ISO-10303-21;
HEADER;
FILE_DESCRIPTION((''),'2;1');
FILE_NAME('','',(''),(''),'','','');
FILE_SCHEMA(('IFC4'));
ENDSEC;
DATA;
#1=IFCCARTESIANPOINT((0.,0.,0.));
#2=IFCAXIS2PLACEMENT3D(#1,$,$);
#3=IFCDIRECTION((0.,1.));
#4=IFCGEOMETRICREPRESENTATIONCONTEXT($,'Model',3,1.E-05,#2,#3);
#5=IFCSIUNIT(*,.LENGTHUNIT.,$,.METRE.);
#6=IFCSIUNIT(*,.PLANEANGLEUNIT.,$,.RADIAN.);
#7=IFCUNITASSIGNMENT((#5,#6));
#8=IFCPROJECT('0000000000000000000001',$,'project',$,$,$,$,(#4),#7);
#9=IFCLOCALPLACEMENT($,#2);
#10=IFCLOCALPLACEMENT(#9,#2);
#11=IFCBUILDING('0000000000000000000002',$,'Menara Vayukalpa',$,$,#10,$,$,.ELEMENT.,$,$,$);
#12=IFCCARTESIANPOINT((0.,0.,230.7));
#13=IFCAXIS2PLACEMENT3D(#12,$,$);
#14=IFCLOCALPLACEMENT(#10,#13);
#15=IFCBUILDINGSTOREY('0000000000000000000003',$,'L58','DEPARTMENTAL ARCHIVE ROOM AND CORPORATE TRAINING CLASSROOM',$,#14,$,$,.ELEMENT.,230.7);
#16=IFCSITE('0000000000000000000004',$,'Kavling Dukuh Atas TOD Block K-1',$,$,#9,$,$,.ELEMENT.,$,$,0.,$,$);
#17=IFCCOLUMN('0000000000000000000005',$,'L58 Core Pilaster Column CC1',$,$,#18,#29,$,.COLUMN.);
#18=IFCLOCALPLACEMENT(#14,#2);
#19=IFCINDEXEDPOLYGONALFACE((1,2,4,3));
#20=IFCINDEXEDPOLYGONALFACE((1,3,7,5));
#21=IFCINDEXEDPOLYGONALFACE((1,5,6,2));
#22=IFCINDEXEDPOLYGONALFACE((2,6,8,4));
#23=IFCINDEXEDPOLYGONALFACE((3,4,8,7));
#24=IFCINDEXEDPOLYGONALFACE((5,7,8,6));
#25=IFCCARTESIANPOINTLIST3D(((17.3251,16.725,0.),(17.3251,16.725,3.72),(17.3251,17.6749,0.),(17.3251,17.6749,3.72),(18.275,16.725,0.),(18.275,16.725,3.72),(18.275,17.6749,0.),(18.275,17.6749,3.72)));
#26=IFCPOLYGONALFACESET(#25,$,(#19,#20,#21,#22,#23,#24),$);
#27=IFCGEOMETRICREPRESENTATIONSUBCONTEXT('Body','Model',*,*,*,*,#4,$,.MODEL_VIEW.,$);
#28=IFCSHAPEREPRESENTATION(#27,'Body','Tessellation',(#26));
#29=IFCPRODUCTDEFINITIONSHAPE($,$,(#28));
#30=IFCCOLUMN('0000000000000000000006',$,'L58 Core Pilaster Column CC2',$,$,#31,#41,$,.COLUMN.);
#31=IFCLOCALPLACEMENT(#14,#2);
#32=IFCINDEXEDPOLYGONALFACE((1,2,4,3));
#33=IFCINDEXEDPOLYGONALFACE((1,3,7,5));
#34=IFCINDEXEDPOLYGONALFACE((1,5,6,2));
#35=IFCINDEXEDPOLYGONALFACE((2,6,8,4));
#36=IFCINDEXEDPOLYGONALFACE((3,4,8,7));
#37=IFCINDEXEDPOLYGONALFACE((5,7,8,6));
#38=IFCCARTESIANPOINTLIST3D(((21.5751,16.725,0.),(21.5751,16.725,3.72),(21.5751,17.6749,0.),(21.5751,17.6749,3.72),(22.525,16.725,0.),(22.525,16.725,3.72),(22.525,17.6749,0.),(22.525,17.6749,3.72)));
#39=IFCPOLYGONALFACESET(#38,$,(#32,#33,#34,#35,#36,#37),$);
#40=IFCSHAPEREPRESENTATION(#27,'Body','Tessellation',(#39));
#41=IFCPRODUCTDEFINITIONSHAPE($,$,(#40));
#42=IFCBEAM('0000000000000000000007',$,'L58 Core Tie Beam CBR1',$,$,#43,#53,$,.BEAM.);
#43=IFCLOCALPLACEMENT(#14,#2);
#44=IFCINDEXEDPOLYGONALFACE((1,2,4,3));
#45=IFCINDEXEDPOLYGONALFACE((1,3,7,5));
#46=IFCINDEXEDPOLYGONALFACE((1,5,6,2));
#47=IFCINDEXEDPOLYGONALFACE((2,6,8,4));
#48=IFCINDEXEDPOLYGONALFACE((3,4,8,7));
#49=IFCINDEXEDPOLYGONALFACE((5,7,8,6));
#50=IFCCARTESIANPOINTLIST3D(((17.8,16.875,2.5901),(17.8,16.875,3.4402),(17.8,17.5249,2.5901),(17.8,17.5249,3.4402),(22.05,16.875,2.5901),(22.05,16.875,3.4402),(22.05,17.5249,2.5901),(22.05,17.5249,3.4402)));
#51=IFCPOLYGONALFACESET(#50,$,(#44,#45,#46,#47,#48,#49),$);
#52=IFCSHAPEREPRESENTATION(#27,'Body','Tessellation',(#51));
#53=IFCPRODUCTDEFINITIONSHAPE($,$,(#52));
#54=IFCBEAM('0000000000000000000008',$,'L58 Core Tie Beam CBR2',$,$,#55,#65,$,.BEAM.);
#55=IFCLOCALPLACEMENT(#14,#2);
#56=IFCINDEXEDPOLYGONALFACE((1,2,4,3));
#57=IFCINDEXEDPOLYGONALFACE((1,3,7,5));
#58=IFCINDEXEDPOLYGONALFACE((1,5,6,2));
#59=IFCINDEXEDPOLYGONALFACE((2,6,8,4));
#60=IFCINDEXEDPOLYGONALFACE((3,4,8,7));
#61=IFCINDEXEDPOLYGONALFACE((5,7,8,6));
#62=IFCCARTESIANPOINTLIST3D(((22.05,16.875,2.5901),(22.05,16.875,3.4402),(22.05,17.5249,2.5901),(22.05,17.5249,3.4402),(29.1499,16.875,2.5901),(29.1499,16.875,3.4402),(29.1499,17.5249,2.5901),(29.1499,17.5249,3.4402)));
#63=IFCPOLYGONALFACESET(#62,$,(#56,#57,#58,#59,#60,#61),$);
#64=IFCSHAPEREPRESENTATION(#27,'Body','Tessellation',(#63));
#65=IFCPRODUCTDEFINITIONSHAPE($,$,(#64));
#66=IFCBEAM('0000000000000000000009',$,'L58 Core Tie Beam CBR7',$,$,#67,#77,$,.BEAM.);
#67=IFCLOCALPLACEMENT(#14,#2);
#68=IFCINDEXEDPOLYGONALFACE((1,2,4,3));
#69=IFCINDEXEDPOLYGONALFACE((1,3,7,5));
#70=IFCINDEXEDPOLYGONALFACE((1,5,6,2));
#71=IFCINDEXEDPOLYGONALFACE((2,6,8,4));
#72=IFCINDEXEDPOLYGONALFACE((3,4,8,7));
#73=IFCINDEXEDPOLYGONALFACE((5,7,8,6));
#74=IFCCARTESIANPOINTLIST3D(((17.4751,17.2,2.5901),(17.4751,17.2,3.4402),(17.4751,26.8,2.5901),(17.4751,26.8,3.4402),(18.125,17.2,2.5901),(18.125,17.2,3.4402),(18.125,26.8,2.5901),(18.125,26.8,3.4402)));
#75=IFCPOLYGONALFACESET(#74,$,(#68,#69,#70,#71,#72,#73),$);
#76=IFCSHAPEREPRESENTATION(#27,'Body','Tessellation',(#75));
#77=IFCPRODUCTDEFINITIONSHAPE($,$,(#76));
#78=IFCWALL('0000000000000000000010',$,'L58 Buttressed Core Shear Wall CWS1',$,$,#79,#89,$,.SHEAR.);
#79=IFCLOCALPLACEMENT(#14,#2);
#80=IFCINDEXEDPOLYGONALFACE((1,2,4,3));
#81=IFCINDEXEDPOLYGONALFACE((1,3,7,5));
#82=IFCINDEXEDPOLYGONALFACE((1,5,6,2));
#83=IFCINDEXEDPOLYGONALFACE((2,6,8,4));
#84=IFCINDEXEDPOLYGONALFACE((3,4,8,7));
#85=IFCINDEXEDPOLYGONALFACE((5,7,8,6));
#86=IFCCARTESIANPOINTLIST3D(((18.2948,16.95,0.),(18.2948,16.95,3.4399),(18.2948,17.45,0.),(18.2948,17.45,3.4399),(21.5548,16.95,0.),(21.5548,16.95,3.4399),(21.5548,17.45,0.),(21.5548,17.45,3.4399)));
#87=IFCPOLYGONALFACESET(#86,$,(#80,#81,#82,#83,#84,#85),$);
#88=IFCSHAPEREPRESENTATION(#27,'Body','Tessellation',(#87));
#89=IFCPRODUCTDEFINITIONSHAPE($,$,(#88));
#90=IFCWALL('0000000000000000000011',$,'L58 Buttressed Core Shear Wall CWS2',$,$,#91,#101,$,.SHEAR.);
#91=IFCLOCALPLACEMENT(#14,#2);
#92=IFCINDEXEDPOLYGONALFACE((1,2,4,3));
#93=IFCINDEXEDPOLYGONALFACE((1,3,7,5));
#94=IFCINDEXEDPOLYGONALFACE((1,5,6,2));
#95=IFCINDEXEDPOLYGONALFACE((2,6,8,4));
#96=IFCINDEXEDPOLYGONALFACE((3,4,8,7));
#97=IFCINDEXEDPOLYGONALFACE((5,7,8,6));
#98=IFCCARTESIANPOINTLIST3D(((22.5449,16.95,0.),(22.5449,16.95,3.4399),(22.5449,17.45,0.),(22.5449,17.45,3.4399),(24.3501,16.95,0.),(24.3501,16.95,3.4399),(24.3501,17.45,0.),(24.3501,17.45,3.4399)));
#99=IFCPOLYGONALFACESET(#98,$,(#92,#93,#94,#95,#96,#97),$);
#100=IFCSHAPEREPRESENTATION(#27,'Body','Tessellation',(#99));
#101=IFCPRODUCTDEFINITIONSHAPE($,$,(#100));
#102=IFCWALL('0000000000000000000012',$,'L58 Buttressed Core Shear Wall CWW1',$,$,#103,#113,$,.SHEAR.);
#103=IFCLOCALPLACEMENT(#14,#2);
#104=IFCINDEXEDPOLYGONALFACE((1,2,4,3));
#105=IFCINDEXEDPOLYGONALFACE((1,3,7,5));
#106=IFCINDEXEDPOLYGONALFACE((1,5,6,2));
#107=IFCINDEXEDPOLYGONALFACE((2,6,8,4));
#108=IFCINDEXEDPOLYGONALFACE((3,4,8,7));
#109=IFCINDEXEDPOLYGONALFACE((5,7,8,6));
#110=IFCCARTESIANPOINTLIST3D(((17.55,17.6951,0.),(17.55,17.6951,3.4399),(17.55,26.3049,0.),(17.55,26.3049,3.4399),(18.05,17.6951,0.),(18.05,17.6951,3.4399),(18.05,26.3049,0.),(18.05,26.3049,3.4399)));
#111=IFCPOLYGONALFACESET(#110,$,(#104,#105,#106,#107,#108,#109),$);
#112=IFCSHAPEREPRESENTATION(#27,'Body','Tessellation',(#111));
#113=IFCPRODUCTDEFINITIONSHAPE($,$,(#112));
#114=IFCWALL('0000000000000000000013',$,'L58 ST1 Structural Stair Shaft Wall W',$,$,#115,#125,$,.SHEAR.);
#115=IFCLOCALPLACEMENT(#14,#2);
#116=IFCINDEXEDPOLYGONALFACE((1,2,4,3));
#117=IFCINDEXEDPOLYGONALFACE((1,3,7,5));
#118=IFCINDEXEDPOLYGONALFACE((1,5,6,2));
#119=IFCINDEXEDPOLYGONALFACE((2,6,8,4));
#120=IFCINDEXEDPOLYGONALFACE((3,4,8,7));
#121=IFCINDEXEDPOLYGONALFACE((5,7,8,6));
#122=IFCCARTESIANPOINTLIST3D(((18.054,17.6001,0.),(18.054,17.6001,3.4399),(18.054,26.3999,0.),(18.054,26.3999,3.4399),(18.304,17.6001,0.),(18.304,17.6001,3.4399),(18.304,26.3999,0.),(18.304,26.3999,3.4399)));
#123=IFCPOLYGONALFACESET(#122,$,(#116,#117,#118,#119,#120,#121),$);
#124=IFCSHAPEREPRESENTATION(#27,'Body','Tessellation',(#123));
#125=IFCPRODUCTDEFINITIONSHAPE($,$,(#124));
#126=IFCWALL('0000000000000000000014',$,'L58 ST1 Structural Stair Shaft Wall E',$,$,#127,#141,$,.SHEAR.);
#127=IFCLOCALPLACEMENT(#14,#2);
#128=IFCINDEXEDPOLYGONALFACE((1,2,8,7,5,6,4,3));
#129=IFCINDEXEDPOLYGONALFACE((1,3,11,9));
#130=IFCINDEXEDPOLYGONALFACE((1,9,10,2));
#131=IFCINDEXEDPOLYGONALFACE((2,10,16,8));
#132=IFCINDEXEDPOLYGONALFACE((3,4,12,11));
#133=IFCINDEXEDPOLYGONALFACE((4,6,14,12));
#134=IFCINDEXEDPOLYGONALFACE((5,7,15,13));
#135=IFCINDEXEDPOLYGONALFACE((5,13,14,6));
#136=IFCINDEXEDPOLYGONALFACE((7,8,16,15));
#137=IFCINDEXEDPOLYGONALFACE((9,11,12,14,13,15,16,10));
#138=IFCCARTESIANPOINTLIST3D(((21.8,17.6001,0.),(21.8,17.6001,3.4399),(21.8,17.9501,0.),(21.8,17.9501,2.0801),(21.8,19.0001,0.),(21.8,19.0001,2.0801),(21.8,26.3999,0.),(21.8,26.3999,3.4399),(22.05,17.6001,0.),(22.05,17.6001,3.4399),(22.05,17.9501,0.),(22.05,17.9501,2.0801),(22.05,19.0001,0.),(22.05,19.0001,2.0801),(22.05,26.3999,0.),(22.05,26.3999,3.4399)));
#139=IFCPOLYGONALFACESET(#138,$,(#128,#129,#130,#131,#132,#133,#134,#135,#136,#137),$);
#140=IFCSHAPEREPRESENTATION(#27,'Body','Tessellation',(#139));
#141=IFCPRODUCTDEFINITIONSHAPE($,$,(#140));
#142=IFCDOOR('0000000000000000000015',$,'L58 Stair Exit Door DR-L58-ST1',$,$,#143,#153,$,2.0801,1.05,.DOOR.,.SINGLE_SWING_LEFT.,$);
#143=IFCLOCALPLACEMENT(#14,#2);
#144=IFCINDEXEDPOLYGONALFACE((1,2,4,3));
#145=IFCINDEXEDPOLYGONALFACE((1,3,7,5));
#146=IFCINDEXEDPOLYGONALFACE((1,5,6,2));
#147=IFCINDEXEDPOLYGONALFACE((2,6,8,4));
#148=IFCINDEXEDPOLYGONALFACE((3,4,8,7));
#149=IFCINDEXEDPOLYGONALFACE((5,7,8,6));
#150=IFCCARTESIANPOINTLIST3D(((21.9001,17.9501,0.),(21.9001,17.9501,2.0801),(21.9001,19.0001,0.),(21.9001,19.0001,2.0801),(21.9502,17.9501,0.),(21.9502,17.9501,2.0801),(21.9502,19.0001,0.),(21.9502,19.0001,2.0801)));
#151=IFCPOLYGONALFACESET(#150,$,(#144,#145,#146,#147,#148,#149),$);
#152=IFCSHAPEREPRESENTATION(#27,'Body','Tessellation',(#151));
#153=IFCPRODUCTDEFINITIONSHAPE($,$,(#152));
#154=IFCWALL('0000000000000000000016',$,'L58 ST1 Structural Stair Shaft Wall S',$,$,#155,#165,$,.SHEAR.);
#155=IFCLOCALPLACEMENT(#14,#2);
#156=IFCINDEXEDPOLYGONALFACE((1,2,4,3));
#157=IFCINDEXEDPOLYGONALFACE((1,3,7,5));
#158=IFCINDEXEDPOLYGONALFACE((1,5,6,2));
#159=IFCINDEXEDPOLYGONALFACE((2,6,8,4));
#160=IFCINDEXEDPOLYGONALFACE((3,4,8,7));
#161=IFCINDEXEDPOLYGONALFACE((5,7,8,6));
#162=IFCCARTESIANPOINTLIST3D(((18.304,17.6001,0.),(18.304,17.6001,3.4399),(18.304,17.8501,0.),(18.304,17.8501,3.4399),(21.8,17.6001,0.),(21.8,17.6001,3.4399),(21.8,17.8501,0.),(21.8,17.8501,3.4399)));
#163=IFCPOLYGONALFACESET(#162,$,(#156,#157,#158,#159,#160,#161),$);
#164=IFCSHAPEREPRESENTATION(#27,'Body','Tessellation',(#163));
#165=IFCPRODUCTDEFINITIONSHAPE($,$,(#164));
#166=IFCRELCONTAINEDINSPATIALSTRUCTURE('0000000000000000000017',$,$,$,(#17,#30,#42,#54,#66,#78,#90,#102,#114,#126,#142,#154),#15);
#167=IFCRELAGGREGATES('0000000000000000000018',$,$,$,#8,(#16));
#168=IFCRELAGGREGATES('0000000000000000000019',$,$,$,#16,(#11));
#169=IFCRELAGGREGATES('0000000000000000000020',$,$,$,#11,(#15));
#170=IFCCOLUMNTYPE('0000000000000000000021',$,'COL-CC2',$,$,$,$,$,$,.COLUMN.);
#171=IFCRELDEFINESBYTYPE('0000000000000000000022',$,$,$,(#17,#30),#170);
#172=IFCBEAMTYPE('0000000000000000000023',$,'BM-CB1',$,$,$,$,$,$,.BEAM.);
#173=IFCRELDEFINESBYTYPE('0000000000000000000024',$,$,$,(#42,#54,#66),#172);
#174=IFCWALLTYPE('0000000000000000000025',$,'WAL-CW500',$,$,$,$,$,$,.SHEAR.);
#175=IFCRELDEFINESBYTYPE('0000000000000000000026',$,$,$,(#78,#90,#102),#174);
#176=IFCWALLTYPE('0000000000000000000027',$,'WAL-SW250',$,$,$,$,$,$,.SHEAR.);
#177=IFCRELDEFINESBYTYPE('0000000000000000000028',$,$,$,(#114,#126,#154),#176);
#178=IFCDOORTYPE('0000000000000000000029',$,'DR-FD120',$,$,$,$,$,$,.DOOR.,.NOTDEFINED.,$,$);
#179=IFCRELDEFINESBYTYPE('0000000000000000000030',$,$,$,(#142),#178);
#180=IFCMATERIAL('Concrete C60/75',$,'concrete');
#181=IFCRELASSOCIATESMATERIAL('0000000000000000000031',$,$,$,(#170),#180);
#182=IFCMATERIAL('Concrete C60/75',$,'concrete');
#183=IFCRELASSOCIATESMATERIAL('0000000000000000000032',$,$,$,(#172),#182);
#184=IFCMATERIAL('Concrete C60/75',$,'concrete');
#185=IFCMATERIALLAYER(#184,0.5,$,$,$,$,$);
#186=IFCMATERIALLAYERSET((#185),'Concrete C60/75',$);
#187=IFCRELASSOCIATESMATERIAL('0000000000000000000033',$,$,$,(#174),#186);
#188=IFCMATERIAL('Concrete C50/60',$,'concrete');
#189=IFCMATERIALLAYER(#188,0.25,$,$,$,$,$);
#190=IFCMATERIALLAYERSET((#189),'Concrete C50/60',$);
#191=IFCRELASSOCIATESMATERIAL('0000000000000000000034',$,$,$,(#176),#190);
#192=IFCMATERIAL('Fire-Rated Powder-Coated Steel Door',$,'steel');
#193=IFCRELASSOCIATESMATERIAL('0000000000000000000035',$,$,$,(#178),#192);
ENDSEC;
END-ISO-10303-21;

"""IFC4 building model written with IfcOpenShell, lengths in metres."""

from ifc_helpers import new_model, si_unit, direction, frame, frame_2d, origin, origin_2d, place, context, subcontext, project, spatial, rectangle, extrude, material, layer, layer_set, material_profile, profile_set, type_object, element, fill, save


model = new_model("IFC4")

# Units and contexts
model_context = context("Model", 3, precision=1e-05, world=origin(), true_north=direction((0.0, 1.0)))
body_context = subcontext(model_context, "Body", "Model", "MODEL_VIEW")
ifc_project = project(units=[si_unit("LENGTHUNIT", "METRE"), si_unit("PLANEANGLEUNIT", "RADIAN")], contexts=[model_context])

# Site, building, storey
site_placement = place(None, origin())
site = spatial("IfcSite", under=ifc_project, at=site_placement, Name="Kavling Dukuh Atas TOD Block K-1", CompositionType="ELEMENT", RefElevation=0.0)
building_placement = place(site_placement, origin())
building = spatial("IfcBuilding", under=site, at=building_placement, Name="Menara Vayukalpa", CompositionType="ELEMENT")
storey_placement = place(building_placement, frame((0.0, 0.0, 230.7)))
storey = spatial("IfcBuildingStorey", under=building, at=storey_placement, Name="L58", Description="DEPARTMENTAL ARCHIVE ROOM AND CORPORATE TRAINING CLASSROOM", CompositionType="ELEMENT", Elevation=230.7)

# Columns
ifc_material_1 = material(Name="Concrete C60/75", Category="concrete")
ifc_material_profile_1 = material_profile(ifc_material_1, rectangle(XDim=0.95, YDim=0.95, at=origin_2d()), Name="RC 950x950")
ifc_profile_set_1 = profile_set([ifc_material_profile_1], Name="Concrete C60/75")
column_type = type_object("IfcColumnType", Name="COL-CC2", PredefinedType="COLUMN", material=ifc_profile_set_1)
for number, where, z_axis, x_axis, name in (
    (1, (17.8, 17.2, 0.0), (0.0, 0.0, 1.0), (1.0, 0.0, 0.0), "L58 Core Pilaster Column CC1"),
    (2, (22.05, 17.2, 0.0), (0.0, 0.0, 1.0), (1.0, 0.0, 0.0), "L58 Core Pilaster Column CC2"),
):
    element("IfcColumn", number, at=place(storey_placement, frame(where, z_axis=z_axis, x_axis=x_axis)), inside=storey, type_object=column_type, Name=name, PredefinedType="COLUMN", context=body_context, shape_type="SweptSolid", body=[
        extrude(rectangle(XDim=0.95, YDim=0.95, at=origin_2d()), origin(), (0.0, 0.0, 1.0), 3.72),
    ])

# Beams
ifc_material_2 = material(Name="Concrete C60/75", Category="concrete")
ifc_material_profile_2 = material_profile(ifc_material_2, rectangle(XDim=0.6499, YDim=0.8501, at=origin_2d()), Name="RC 650x850")
ifc_profile_set_2 = profile_set([ifc_material_profile_2], Name="Concrete C60/75")
beam_type = type_object("IfcBeamType", Name="BM-CB1", PredefinedType="BEAM", material=ifc_profile_set_2)
beam_1_placement = place(storey_placement, frame((17.8, 17.2, 3.0151), z_axis=(1.0, 0.0, 0.0), x_axis=(0.0, 1.0, 0.0)))
element("IfcBeam", 3, at=beam_1_placement, inside=storey, type_object=beam_type, Name="L58 Core Tie Beam CBR1", PredefinedType="BEAM", context=body_context, shape_type="SweptSolid", body=[
    extrude(rectangle(XDim=0.6499, YDim=0.8501, at=origin_2d()), origin(), (0.0, 0.0, 1.0), 4.25),
])
beam_2_placement = place(storey_placement, frame((22.05, 17.2, 3.0151), z_axis=(1.0, 0.0, 0.0), x_axis=(0.0, 1.0, 0.0)))
element("IfcBeam", 4, at=beam_2_placement, inside=storey, type_object=beam_type, Name="L58 Core Tie Beam CBR2", PredefinedType="BEAM", context=body_context, shape_type="SweptSolid", body=[
    extrude(rectangle(XDim=0.6499, YDim=0.8501, at=origin_2d()), origin(), (0.0, 0.0, 1.0), 7.0999),
])
beam_3_placement = place(storey_placement, frame((17.8, 17.2, 3.0151), z_axis=(0.0, 1.0, 0.0), x_axis=(-1.0, 0.0, 0.0)))
element("IfcBeam", 5, at=beam_3_placement, inside=storey, type_object=beam_type, Name="L58 Core Tie Beam CBR7", PredefinedType="BEAM", context=body_context, shape_type="SweptSolid", body=[
    extrude(rectangle(XDim=0.6499, YDim=0.8501, at=origin_2d()), origin(), (0.0, 0.0, 1.0), 9.6001),
])

# Walls
ifc_material_3 = material(Name="Concrete C60/75", Category="concrete")
ifc_layer_1 = layer(ifc_material_3, 0.5)
ifc_layer_set_1 = layer_set([ifc_layer_1], Name="Concrete C60/75")
wall_type_1 = type_object("IfcWallType", Name="WAL-CW500", PredefinedType="SHEAR", material=ifc_layer_set_1)
wall_1_placement = place(storey_placement, frame((18.2949, 17.2, 0.0), z_axis=(0.0, 0.0, 1.0), x_axis=(1.0, 0.0, 0.0)))
element("IfcWall", 6, at=wall_1_placement, inside=storey, type_object=wall_type_1, Name="L58 Buttressed Core Shear Wall CWS1", PredefinedType="SHEAR", context=body_context, shape_type="SweptSolid", body=[
    extrude(rectangle(XDim=3.26, YDim=0.5, at=frame_2d((1.6299, 0.0))), origin(), (0.0, 0.0, 1.0), 3.4399),
])
wall_2_placement = place(storey_placement, frame((22.5449, 17.2, 0.0), z_axis=(0.0, 0.0, 1.0), x_axis=(1.0, 0.0, 0.0)))
element("IfcWall", 7, at=wall_2_placement, inside=storey, type_object=wall_type_1, Name="L58 Buttressed Core Shear Wall CWS2", PredefinedType="SHEAR", context=body_context, shape_type="SweptSolid", body=[
    extrude(rectangle(XDim=1.8052, YDim=0.5, at=frame_2d((0.9026, 0.0))), origin(), (0.0, 0.0, 1.0), 3.4399),
])
wall_3_placement = place(storey_placement, frame((17.8, 17.6951, 0.0), z_axis=(0.0, 0.0, 1.0), x_axis=(0.0, 1.0, 0.0)))
element("IfcWall", 8, at=wall_3_placement, inside=storey, type_object=wall_type_1, Name="L58 Buttressed Core Shear Wall CWW1", PredefinedType="SHEAR", context=body_context, shape_type="SweptSolid", body=[
    extrude(rectangle(XDim=8.6099, YDim=0.5, at=frame_2d((4.3049, 0.0))), origin(), (0.0, 0.0, 1.0), 3.4399),
])
ifc_material_4 = material(Name="Concrete C50/60", Category="concrete")
ifc_layer_2 = layer(ifc_material_4, 0.25)
ifc_layer_set_2 = layer_set([ifc_layer_2], Name="Concrete C50/60")
wall_type_2 = type_object("IfcWallType", Name="WAL-SW250", PredefinedType="SHEAR", material=ifc_layer_set_2)
wall_4_placement = place(storey_placement, frame((18.179, 17.6001, 0.0), z_axis=(0.0, 0.0, 1.0), x_axis=(0.0, 1.0, 0.0)))
element("IfcWall", 9, at=wall_4_placement, inside=storey, type_object=wall_type_2, Name="L58 ST1 Structural Stair Shaft Wall W", PredefinedType="SHEAR", context=body_context, shape_type="SweptSolid", body=[
    extrude(rectangle(XDim=8.7998, YDim=0.25, at=frame_2d((4.3999, 0.0))), origin(), (0.0, 0.0, 1.0), 3.4399),
])

# Wall, opening, door
wall_5_placement = place(storey_placement, frame((21.925, 17.6001, 0.0), z_axis=(0.0, 0.0, 1.0), x_axis=(0.0, 1.0, 0.0)))
wall_5 = element("IfcWall", 10, at=wall_5_placement, inside=storey, type_object=wall_type_2, Name="L58 ST1 Structural Stair Shaft Wall E", PredefinedType="SHEAR", context=body_context, shape_type="SweptSolid", body=[
    extrude(rectangle(XDim=8.7998, YDim=0.25, at=frame_2d((4.3999, 0.0))), origin(), (0.0, 0.0, 1.0), 3.4399),
])
opening_placement = place(wall_5_placement, frame((0.3501, 0.0, 0.0)))
opening = element("IfcOpeningElement", 11, at=opening_placement, cuts=wall_5, PredefinedType="OPENING", context=body_context, shape_type="SweptSolid", body=[
    extrude(rectangle(XDim=1.05, YDim=2.0801, at=frame_2d((0.5249, 1.04))), frame((0.0, 0.135, 0.0), z_axis=(0.0, -1.0, 0.0), x_axis=(1.0, 0.0, 0.0)), (0.0, 0.0, 1.0), 0.27),
])
ifc_material_5 = material(Name="Fire-Rated Powder-Coated Steel Door", Category="steel")
door_type = type_object("IfcDoorType", Name="DR-FD120", OperationType="NOTDEFINED", PredefinedType="DOOR", material=ifc_material_5)
door_placement = place(opening_placement, origin())
door = element("IfcDoor", 12, at=door_placement, inside=storey, type_object=door_type, Name="L58 Stair Exit Door DR-L58-ST1", OperationType="SINGLE_SWING_LEFT", OverallHeight=2.0801, OverallWidth=1.05, PredefinedType="DOOR", context=body_context, shape_type="SweptSolid", body=[
    extrude(rectangle(XDim=1.05, YDim=2.0801, at=frame_2d((0.5249, 1.04))), frame((0.0, 0.0249, 0.0), z_axis=(0.0, -1.0, 0.0), x_axis=(1.0, 0.0, 0.0)), (0.0, 0.0, 1.0), 0.05),
])
fill(opening, door)

# Wall
wall_6_placement = place(storey_placement, frame((18.304, 17.7251, 0.0), z_axis=(0.0, 0.0, 1.0), x_axis=(1.0, 0.0, 0.0)))
element("IfcWall", 13, at=wall_6_placement, inside=storey, type_object=wall_type_2, Name="L58 ST1 Structural Stair Shaft Wall S", PredefinedType="SHEAR", context=body_context, shape_type="SweptSolid", body=[
    extrude(rectangle(XDim=3.4961, YDim=0.25, at=frame_2d((1.748, 0.0))), origin(), (0.0, 0.0, 1.0), 3.4399),
])

save(model, "model.ifc")
